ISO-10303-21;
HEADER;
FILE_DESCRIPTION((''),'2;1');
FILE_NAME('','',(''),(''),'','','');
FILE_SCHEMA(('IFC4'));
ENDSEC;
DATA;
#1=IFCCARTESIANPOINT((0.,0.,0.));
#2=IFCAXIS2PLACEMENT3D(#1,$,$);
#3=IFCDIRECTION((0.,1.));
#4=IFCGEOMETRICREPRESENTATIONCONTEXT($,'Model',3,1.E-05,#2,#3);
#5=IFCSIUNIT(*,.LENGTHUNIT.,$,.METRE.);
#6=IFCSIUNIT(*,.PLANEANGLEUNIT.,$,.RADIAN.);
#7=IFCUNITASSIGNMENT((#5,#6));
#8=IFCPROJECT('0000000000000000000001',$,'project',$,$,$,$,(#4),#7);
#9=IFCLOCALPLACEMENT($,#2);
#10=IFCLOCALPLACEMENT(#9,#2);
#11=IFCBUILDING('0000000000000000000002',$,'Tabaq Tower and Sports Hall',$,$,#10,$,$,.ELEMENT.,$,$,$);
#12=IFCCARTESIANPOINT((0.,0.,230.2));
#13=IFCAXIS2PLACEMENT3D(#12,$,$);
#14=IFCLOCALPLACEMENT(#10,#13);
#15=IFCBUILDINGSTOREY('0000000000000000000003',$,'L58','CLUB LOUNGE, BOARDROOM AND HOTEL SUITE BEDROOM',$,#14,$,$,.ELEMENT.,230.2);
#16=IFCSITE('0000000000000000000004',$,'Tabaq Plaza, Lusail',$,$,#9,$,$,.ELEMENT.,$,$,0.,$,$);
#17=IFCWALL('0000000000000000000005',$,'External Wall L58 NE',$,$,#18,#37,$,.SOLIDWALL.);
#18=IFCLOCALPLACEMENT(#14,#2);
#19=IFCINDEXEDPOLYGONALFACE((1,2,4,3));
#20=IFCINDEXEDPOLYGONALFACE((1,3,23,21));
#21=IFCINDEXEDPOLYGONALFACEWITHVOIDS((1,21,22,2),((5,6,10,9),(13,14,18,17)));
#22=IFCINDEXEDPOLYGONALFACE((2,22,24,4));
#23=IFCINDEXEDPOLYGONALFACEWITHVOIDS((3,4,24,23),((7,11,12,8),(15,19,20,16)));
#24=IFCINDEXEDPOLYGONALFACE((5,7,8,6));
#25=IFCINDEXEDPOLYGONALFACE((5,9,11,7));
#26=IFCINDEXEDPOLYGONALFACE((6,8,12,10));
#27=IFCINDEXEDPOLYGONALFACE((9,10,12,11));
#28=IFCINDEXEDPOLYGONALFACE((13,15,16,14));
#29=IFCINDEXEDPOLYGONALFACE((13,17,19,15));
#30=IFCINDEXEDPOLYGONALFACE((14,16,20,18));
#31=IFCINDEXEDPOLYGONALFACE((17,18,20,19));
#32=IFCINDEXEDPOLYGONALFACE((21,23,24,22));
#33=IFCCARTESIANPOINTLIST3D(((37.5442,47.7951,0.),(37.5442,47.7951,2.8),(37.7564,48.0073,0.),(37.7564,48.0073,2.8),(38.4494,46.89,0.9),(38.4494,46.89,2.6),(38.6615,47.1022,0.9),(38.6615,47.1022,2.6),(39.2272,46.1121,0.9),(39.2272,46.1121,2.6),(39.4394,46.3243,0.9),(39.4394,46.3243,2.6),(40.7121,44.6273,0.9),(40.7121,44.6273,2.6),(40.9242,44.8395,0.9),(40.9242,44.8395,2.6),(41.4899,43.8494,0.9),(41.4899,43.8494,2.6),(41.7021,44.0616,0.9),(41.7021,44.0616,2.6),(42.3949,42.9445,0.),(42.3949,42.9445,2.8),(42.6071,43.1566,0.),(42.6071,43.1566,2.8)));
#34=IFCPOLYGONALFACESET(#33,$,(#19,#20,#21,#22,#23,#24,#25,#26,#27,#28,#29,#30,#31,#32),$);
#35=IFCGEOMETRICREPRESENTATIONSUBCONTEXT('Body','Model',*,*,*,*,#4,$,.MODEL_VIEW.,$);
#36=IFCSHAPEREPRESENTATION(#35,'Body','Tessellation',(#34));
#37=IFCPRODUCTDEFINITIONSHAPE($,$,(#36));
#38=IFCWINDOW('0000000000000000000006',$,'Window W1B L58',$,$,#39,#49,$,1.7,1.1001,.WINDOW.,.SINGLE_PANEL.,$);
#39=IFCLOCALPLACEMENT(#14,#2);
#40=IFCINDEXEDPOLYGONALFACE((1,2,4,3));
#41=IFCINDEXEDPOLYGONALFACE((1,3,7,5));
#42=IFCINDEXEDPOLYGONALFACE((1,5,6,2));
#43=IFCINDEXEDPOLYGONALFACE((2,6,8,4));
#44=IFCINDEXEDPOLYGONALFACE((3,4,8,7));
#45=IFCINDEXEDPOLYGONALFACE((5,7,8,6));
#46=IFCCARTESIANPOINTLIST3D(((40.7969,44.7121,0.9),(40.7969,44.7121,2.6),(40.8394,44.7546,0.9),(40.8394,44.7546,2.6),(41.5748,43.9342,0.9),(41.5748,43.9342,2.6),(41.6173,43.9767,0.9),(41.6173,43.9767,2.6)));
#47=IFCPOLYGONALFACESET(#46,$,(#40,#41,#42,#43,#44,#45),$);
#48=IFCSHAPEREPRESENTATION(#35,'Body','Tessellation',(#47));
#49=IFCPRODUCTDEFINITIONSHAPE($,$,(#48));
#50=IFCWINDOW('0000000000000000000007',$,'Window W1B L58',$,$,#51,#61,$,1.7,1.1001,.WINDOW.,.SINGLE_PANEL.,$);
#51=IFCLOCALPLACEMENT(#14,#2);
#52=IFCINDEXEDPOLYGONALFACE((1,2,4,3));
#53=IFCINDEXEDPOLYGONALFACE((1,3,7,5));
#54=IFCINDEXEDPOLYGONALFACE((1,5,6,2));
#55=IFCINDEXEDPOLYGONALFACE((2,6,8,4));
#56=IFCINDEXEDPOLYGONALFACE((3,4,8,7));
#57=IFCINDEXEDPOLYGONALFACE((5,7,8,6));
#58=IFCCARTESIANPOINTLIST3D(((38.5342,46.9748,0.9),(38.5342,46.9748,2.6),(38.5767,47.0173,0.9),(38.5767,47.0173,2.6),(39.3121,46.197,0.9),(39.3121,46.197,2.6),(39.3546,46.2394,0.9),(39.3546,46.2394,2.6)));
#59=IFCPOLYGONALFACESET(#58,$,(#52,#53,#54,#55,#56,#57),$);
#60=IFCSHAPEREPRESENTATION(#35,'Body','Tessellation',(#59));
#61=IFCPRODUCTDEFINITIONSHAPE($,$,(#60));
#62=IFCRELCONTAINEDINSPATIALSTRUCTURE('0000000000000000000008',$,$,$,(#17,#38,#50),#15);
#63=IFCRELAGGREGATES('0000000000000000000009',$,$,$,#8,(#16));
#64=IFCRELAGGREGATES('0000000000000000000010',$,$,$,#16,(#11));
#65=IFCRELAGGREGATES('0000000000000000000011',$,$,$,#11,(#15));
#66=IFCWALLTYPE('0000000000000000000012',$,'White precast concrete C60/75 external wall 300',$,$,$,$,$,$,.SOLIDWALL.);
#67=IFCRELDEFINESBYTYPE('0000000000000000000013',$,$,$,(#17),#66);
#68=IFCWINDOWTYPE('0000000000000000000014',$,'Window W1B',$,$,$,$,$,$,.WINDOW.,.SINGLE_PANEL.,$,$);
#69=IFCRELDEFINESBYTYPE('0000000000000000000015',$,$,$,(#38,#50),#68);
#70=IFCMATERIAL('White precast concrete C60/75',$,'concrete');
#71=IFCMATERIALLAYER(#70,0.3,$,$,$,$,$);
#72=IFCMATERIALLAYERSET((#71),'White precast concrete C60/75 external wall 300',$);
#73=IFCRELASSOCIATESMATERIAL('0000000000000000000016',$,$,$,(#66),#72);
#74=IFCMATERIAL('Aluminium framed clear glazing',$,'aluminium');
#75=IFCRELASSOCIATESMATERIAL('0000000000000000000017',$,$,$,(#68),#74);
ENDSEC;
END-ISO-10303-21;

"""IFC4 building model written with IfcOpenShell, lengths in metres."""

from ifc_helpers import new_model, si_unit, direction, frame, frame_2d, origin, place, context, subcontext, project, spatial, rectangle, extrude, material, layer, layer_set, type_object, element, fill, save


model = new_model("IFC4")

# Units and contexts
model_context = context("Model", 3, precision=1e-05, world=origin(), true_north=direction((0.0, 1.0)))
body_context = subcontext(model_context, "Body", "Model", "MODEL_VIEW")
ifc_project = project(units=[si_unit("LENGTHUNIT", "METRE"), si_unit("PLANEANGLEUNIT", "RADIAN")], contexts=[model_context])

# Site, building, storey
site_placement = place(None, origin())
site = spatial("IfcSite", under=ifc_project, at=site_placement, Name="Tabaq Plaza, Lusail", CompositionType="ELEMENT", RefElevation=0.0)
building_placement = place(site_placement, origin())
building = spatial("IfcBuilding", under=site, at=building_placement, Name="Tabaq Tower and Sports Hall", CompositionType="ELEMENT")
storey_placement = place(building_placement, frame((0.0, 0.0, 230.2)))
storey = spatial("IfcBuildingStorey", under=building, at=storey_placement, Name="L58", Description="CLUB LOUNGE, BOARDROOM AND HOTEL SUITE BEDROOM", CompositionType="ELEMENT", Elevation=230.2)

# Wall, openings, windows
ifc_material_1 = material(Name="White precast concrete C60/75", Category="concrete")
ifc_layer_1 = layer(ifc_material_1, 0.3)
ifc_layer_set_1 = layer_set([ifc_layer_1], Name="White precast concrete C60/75 external wall 300")
wall_type_1 = type_object("IfcWallType", Name="White precast concrete C60/75 external wall 300", PredefinedType="SOLIDWALL", material=ifc_layer_set_1)
wall_1_placement = place(storey_placement, frame((42.501, 43.0505, 0.0), z_axis=(0.0, 0.0, 1.0), x_axis=(-0.707107, 0.707107, 0.0)))
wall_1 = element("IfcWall", 1, at=wall_1_placement, inside=storey, type_object=wall_type_1, Name="External Wall L58 NE", PredefinedType="SOLIDWALL", context=body_context, shape_type="SweptSolid", body=[
    extrude(rectangle(XDim=6.8599, YDim=0.3, at=frame_2d((3.4299, 0.0))), origin(), (0.0, 0.0, 1.0), 2.8),
])
opening_1_placement = place(wall_1_placement, frame((1.2798, 0.0, 0.8999)))
opening_1 = element("IfcOpeningElement", 2, at=opening_1_placement, cuts=wall_1, PredefinedType="OPENING", context=body_context, shape_type="SweptSolid", body=[
    extrude(rectangle(XDim=1.1001, YDim=1.7, at=frame_2d((0.55, 0.8501))), frame((0.0, 0.1602, 0.0), z_axis=(0.0, -1.0, 0.0), x_axis=(1.0, 0.0, 0.0)), (0.0, 0.0, 1.0), 0.3201),
])
opening_2_placement = place(wall_1_placement, frame((4.4797, 0.0, 0.8999)))
opening_2 = element("IfcOpeningElement", 3, at=opening_2_placement, cuts=wall_1, PredefinedType="OPENING", context=body_context, shape_type="SweptSolid", body=[
    extrude(rectangle(XDim=1.1001, YDim=1.7, at=frame_2d((0.55, 0.8501))), frame((0.0, 0.1602, 0.0), z_axis=(0.0, -1.0, 0.0), x_axis=(1.0, 0.0, 0.0)), (0.0, 0.0, 1.0), 0.3201),
])
ifc_material_2 = material(Name="Aluminium framed clear glazing", Category="aluminium")
window_type_1 = type_object("IfcWindowType", Name="Window W1B", PartitioningType="SINGLE_PANEL", PredefinedType="WINDOW", material=ifc_material_2)
window_1_placement = place(opening_1_placement, origin())
window_1 = element("IfcWindow", 4, at=window_1_placement, inside=storey, type_object=window_type_1, Name="Window W1B L58", OverallHeight=1.7, OverallWidth=1.1001, PartitioningType="SINGLE_PANEL", PredefinedType="WINDOW", context=body_context, shape_type="SweptSolid", body=[
    extrude(rectangle(XDim=1.1001, YDim=1.7, at=frame_2d((0.55, 0.8501))), frame((0.0, 0.03, 0.0), z_axis=(0.0, -1.0, 0.0), x_axis=(1.0, 0.0, 0.0)), (0.0, 0.0, 1.0), 0.0601),
])
fill(opening_1, window_1)
window_2_placement = place(opening_2_placement, origin())
window_2 = element("IfcWindow", 5, at=window_2_placement, inside=storey, type_object=window_type_1, Name="Window W1B L58", OverallHeight=1.7, OverallWidth=1.1001, PartitioningType="SINGLE_PANEL", PredefinedType="WINDOW", context=body_context, shape_type="SweptSolid", body=[
    extrude(rectangle(XDim=1.1001, YDim=1.7, at=frame_2d((0.55, 0.8501))), frame((0.0, 0.03, 0.0), z_axis=(0.0, -1.0, 0.0), x_axis=(1.0, 0.0, 0.0)), (0.0, 0.0, 1.0), 0.0601),
])
fill(opening_2, window_2)

save(model, "model.ifc")
